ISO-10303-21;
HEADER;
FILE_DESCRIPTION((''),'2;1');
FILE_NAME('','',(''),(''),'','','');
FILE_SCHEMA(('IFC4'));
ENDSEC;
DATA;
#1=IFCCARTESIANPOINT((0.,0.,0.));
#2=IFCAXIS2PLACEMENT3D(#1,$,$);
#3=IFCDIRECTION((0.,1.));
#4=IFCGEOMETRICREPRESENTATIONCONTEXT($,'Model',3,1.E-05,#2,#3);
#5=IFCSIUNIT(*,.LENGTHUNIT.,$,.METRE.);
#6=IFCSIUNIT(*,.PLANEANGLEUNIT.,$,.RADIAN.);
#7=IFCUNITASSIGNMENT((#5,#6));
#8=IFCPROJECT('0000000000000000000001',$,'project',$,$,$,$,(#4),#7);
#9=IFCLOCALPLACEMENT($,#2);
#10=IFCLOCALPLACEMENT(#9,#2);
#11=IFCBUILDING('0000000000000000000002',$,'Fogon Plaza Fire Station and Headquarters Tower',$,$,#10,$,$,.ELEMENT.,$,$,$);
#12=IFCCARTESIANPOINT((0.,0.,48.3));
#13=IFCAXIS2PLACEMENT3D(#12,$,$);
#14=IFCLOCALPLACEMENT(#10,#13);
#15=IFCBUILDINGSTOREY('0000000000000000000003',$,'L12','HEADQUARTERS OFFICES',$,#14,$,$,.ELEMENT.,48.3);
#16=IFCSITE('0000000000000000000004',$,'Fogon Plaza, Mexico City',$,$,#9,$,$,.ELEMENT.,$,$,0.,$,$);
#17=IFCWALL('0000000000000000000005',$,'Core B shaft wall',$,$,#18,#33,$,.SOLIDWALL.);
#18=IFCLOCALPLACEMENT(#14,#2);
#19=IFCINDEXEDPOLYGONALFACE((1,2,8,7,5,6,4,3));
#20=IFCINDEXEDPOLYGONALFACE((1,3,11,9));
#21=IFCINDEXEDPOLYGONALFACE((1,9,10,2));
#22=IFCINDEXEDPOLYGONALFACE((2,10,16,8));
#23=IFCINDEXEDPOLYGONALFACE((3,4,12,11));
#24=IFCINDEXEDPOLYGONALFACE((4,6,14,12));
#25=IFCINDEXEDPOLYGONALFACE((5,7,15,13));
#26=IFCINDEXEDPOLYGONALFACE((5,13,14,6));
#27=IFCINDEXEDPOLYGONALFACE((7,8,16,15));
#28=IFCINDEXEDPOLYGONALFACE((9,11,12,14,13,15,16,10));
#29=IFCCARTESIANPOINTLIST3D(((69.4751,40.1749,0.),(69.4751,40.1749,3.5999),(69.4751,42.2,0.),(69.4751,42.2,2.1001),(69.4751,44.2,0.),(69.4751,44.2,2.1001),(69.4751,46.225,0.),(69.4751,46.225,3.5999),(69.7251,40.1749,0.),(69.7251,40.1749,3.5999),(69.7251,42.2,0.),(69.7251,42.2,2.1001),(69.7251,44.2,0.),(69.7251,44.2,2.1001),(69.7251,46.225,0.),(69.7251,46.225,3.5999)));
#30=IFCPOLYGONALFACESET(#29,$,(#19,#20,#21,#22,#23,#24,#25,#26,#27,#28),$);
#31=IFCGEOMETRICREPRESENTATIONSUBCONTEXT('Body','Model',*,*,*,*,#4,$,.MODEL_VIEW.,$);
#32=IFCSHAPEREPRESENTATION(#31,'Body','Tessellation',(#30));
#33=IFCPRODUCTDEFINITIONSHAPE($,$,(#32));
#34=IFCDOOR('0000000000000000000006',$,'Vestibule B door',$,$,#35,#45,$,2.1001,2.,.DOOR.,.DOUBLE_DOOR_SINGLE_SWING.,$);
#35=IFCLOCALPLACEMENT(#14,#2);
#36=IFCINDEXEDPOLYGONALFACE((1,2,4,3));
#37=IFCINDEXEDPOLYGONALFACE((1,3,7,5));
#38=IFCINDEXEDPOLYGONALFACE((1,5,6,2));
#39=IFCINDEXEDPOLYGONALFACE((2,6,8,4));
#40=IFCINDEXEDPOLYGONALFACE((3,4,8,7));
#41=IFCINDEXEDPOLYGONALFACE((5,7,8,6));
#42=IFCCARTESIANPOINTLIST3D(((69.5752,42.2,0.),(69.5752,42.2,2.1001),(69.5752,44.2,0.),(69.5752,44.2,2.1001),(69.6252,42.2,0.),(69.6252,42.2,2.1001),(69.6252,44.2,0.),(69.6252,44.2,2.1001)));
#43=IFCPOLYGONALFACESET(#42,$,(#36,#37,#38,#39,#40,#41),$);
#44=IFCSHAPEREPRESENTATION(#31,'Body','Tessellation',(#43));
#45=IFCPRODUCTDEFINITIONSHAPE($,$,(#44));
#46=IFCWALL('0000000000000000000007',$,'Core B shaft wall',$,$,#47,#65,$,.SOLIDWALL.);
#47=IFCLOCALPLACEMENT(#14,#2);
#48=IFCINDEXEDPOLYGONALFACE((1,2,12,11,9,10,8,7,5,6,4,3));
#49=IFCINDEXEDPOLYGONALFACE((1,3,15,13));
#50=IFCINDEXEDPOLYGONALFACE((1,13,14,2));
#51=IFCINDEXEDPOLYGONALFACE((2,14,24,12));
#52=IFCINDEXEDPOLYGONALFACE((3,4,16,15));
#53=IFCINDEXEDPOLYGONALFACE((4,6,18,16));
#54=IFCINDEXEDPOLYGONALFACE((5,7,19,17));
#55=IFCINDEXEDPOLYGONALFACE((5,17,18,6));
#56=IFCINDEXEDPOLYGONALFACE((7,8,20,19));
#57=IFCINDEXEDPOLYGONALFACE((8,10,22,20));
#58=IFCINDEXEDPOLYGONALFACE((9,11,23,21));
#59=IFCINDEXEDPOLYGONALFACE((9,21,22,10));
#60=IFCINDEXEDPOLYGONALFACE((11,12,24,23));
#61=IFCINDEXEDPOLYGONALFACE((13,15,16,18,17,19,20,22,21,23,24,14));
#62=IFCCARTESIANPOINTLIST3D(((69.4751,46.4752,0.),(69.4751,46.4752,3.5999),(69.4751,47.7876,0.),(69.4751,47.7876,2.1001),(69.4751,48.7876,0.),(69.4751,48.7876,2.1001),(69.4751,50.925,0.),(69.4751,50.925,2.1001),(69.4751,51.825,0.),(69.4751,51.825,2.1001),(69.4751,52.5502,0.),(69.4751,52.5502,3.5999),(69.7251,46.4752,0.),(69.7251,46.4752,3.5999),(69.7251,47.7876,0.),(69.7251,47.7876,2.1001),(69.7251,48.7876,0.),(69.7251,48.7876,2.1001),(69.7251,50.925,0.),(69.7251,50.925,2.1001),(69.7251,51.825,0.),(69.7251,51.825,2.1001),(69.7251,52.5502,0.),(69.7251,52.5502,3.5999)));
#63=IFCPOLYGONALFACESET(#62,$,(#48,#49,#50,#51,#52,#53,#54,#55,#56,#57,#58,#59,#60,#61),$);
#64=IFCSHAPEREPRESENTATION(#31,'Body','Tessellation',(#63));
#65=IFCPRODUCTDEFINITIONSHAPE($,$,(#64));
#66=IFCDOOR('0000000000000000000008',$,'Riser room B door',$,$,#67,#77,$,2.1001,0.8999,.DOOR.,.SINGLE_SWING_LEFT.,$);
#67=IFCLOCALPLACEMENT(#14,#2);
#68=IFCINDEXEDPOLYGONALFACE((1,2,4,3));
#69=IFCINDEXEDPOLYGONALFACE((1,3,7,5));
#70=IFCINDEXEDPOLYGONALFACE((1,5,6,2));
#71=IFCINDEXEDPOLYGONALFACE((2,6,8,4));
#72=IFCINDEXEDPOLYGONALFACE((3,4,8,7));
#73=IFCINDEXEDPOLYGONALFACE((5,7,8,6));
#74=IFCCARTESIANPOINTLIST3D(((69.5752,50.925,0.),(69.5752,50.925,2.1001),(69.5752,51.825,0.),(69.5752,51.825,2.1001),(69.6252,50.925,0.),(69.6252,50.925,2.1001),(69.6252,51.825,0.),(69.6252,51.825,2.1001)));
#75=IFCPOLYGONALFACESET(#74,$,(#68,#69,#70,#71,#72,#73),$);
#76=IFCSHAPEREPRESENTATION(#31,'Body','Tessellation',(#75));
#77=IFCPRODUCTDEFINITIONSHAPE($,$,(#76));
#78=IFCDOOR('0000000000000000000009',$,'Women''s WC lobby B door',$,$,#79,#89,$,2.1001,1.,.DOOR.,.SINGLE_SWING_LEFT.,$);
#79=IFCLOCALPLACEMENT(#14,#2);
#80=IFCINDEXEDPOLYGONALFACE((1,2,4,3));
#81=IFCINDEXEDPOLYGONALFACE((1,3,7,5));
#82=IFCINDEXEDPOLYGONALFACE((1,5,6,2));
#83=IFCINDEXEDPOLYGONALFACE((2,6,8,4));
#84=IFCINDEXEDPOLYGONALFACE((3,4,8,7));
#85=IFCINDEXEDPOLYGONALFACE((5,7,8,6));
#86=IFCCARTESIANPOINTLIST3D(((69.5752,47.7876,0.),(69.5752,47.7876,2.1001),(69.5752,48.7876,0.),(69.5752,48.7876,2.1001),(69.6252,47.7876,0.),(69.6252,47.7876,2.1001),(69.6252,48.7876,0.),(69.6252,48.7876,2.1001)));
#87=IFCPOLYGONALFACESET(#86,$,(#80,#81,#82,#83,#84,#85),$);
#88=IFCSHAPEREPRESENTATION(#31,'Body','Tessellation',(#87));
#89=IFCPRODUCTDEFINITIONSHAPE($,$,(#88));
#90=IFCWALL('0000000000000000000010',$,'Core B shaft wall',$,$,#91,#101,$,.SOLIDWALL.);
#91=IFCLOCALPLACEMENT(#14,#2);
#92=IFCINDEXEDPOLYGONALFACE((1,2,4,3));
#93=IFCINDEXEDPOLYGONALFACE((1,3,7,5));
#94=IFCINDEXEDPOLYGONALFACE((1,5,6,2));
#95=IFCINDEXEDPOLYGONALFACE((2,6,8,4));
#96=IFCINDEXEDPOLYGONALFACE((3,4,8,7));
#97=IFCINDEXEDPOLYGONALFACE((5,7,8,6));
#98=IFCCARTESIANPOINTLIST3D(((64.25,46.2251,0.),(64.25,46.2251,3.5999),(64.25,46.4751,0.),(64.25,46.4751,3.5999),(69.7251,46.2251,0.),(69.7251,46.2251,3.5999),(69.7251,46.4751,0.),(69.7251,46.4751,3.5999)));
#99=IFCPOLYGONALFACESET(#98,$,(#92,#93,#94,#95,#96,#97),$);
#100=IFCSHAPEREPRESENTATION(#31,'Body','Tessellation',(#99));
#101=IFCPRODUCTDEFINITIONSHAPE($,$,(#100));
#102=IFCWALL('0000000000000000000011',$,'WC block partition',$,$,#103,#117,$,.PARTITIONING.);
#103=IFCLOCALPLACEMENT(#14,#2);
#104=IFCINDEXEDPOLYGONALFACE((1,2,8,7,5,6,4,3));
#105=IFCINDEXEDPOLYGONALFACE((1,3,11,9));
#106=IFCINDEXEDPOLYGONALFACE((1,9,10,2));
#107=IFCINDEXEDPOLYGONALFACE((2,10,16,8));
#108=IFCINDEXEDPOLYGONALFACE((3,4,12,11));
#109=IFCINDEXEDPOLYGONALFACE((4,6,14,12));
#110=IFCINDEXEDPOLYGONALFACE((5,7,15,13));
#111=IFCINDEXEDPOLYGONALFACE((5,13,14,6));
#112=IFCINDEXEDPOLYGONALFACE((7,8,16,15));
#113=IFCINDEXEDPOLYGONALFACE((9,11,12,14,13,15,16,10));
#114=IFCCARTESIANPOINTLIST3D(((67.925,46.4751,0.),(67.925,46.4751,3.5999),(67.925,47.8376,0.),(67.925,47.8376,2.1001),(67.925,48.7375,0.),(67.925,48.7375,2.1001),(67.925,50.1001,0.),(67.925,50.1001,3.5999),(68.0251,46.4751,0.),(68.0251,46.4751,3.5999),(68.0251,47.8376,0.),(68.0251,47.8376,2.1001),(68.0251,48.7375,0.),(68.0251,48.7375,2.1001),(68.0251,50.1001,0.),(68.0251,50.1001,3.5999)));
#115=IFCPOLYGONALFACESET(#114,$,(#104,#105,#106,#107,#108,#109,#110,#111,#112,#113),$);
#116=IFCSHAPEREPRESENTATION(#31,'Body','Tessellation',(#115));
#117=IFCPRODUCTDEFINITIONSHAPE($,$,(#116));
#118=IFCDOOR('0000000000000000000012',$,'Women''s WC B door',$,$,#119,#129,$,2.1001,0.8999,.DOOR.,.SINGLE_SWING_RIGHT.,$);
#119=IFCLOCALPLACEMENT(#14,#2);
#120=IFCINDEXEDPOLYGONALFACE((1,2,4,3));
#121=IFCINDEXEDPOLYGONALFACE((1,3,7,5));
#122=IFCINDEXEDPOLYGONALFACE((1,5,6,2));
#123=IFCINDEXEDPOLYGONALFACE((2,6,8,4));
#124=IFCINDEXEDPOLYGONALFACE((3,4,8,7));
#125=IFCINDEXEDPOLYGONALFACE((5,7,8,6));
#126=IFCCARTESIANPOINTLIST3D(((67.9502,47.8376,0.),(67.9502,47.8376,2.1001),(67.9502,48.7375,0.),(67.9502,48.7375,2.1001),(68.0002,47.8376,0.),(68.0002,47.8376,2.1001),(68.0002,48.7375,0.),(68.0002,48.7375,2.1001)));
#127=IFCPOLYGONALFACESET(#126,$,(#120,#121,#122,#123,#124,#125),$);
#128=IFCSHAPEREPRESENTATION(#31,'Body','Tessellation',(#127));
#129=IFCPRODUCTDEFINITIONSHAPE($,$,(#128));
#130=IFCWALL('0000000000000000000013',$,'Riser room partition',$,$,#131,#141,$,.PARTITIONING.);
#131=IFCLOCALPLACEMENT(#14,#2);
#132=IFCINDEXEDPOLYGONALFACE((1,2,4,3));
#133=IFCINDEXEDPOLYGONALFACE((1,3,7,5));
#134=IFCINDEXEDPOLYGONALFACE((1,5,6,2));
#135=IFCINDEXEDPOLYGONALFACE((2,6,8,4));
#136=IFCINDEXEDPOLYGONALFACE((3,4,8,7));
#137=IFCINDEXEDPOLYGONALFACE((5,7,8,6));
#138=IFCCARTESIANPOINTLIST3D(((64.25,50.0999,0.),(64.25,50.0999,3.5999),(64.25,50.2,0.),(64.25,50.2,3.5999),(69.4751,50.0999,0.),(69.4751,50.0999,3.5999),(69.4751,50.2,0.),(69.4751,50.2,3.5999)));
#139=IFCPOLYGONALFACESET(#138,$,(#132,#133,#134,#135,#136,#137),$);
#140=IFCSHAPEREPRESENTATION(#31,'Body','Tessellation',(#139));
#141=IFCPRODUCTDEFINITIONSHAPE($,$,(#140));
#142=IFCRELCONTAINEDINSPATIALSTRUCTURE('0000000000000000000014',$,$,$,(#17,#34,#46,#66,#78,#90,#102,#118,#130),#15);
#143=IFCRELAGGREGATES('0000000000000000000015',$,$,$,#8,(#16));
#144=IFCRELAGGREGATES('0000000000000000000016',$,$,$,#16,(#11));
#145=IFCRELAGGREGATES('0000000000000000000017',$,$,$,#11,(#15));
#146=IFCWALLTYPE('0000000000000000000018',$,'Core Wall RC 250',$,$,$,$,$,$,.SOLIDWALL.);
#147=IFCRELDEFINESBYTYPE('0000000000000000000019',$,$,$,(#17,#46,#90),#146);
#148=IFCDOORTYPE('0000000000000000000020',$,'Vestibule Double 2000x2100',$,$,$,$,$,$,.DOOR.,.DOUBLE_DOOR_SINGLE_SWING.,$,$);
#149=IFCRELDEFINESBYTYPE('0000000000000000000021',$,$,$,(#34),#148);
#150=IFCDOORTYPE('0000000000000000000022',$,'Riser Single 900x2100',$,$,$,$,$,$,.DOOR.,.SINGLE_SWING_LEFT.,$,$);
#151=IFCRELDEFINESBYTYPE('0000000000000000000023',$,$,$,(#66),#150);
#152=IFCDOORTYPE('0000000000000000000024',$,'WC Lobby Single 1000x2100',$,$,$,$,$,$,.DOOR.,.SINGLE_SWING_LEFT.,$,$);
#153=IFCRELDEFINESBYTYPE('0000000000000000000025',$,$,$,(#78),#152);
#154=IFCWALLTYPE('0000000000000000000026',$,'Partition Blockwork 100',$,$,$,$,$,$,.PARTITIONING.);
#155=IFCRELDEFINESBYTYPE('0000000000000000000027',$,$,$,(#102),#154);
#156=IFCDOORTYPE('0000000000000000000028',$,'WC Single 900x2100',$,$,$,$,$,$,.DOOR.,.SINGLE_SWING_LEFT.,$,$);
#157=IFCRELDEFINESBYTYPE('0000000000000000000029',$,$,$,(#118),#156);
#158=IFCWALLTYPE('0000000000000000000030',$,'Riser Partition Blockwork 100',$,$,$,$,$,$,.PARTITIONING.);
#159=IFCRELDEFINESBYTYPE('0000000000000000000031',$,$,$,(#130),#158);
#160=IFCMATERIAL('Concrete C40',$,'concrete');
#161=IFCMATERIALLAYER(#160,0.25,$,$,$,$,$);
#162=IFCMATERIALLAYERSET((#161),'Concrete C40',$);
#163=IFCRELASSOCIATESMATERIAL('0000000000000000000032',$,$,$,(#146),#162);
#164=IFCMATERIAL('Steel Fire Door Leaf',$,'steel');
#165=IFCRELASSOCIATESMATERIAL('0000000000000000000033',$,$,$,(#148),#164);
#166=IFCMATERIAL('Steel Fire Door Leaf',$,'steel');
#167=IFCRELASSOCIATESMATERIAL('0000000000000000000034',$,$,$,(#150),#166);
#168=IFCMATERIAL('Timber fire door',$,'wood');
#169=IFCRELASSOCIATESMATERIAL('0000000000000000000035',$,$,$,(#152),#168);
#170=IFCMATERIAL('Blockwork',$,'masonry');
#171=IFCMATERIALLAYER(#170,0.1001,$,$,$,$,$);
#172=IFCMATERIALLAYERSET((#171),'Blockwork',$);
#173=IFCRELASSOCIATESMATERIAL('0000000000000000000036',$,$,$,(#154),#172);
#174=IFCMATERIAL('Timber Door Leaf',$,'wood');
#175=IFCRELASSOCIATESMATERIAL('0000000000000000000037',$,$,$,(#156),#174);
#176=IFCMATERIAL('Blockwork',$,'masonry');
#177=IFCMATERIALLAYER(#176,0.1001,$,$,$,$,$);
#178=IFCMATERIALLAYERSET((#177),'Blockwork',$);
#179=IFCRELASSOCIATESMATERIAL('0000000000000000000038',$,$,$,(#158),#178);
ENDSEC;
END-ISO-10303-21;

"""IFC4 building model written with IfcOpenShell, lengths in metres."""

from ifc_helpers import new_model, si_unit, direction, frame, frame_2d, origin, place, context, subcontext, project, spatial, rectangle, extrude, material, layer, layer_set, type_object, element, fill, save


model = new_model("IFC4")

# Units and contexts
model_context = context("Model", 3, precision=1e-05, world=origin(), true_north=direction((0.0, 1.0)))
body_context = subcontext(model_context, "Body", "Model", "MODEL_VIEW")
ifc_project = project(units=[si_unit("LENGTHUNIT", "METRE"), si_unit("PLANEANGLEUNIT", "RADIAN")], contexts=[model_context])

# Site, building, storey
site_placement = place(None, origin())
site = spatial("IfcSite", under=ifc_project, at=site_placement, Name="Fogon Plaza, Mexico City", CompositionType="ELEMENT", RefElevation=0.0)
building_placement = place(site_placement, origin())
building = spatial("IfcBuilding", under=site, at=building_placement, Name="Fogon Plaza Fire Station and Headquarters Tower", CompositionType="ELEMENT")
storey_placement = place(building_placement, frame((0.0, 0.0, 48.3)))
storey = spatial("IfcBuildingStorey", under=building, at=storey_placement, Name="L12", Description="HEADQUARTERS OFFICES", CompositionType="ELEMENT", Elevation=48.3)

# Shared definitions
ifc_material_1 = material(Name="Concrete C40", Category="concrete")
ifc_layer_1 = layer(ifc_material_1, 0.25)
ifc_layer_set_1 = layer_set([ifc_layer_1], Name="Concrete C40")
wall_type_1 = type_object("IfcWallType", Name="Core Wall RC 250", PredefinedType="SOLIDWALL", material=ifc_layer_set_1)

# Wall, opening, door
wall_1_placement = place(storey_placement, frame((69.6001, 40.175, 0.0), z_axis=(0.0, 0.0, 1.0), x_axis=(0.0, 1.0, 0.0)))
wall_1 = element("IfcWall", 1, at=wall_1_placement, inside=storey, type_object=wall_type_1, Name="Core B shaft wall", PredefinedType="SOLIDWALL", context=body_context, shape_type="SweptSolid", body=[
    extrude(rectangle(XDim=6.05, YDim=0.25, at=frame_2d((3.0249, 0.0))), origin(), (0.0, 0.0, 1.0), 3.5999),
])
opening_1_placement = place(wall_1_placement, frame((2.0249, 0.0, 0.0)))
opening_1 = element("IfcOpeningElement", 2, at=opening_1_placement, cuts=wall_1, PredefinedType="OPENING", context=body_context, shape_type="SweptSolid", body=[
    extrude(rectangle(XDim=2.0, YDim=2.1001, at=frame_2d((1.0, 1.05))), frame((0.0, 0.135, 0.0), z_axis=(0.0, -1.0, 0.0), x_axis=(1.0, 0.0, 0.0)), (0.0, 0.0, 1.0), 0.27),
])
ifc_material_2 = material(Name="Steel Fire Door Leaf", Category="steel")
door_type_1 = type_object("IfcDoorType", Name="Vestibule Double 2000x2100", OperationType="DOUBLE_DOOR_SINGLE_SWING", PredefinedType="DOOR", material=ifc_material_2)
door_1_placement = place(opening_1_placement, origin())
door_1 = element("IfcDoor", 3, at=door_1_placement, inside=storey, type_object=door_type_1, Name="Vestibule B door", OperationType="DOUBLE_DOOR_SINGLE_SWING", OverallHeight=2.1001, OverallWidth=2.0, PredefinedType="DOOR", context=body_context, shape_type="SweptSolid", body=[
    extrude(rectangle(XDim=2.0, YDim=2.1001, at=frame_2d((1.0, 1.05))), frame((0.0, 0.0249, 0.0), z_axis=(0.0, -1.0, 0.0), x_axis=(1.0, 0.0, 0.0)), (0.0, 0.0, 1.0), 0.05),
])
fill(opening_1, door_1)

# Wall, openings, doors
wall_2_placement = place(storey_placement, frame((69.6001, 46.4751, 0.0), z_axis=(0.0, 0.0, 1.0), x_axis=(0.0, 1.0, 0.0)))
wall_2 = element("IfcWall", 4, at=wall_2_placement, inside=storey, type_object=wall_type_1, Name="Core B shaft wall", PredefinedType="SOLIDWALL", context=body_context, shape_type="SweptSolid", body=[
    extrude(rectangle(XDim=6.075, YDim=0.25, at=frame_2d((3.0376, 0.0))), origin(), (0.0, 0.0, 1.0), 3.5999),
])
opening_2_placement = place(wall_2_placement, frame((1.3125, 0.0, 0.0)))
opening_2 = element("IfcOpeningElement", 5, at=opening_2_placement, cuts=wall_2, PredefinedType="OPENING", context=body_context, shape_type="SweptSolid", body=[
    extrude(rectangle(XDim=1.0, YDim=2.1001, at=frame_2d((0.5, 1.05))), frame((0.0, 0.135, 0.0), z_axis=(0.0, -1.0, 0.0), x_axis=(1.0, 0.0, 0.0)), (0.0, 0.0, 1.0), 0.27),
])
opening_3_placement = place(wall_2_placement, frame((4.45, 0.0, 0.0)))
opening_3 = element("IfcOpeningElement", 6, at=opening_3_placement, cuts=wall_2, PredefinedType="OPENING", context=body_context, shape_type="SweptSolid", body=[
    extrude(rectangle(XDim=0.8999, YDim=2.1001, at=frame_2d((0.45, 1.05))), frame((0.0, 0.135, 0.0), z_axis=(0.0, -1.0, 0.0), x_axis=(1.0, 0.0, 0.0)), (0.0, 0.0, 1.0), 0.27),
])
ifc_material_3 = material(Name="Steel Fire Door Leaf", Category="steel")
door_type_2 = type_object("IfcDoorType", Name="Riser Single 900x2100", OperationType="SINGLE_SWING_LEFT", PredefinedType="DOOR", material=ifc_material_3)
door_2_placement = place(opening_3_placement, origin())
door_2 = element("IfcDoor", 7, at=door_2_placement, inside=storey, type_object=door_type_2, Name="Riser room B door", OperationType="SINGLE_SWING_LEFT", OverallHeight=2.1001, OverallWidth=0.8999, PredefinedType="DOOR", context=body_context, shape_type="SweptSolid", body=[
    extrude(rectangle(XDim=0.8999, YDim=2.1001, at=frame_2d((0.45, 1.05))), frame((0.0, 0.0249, 0.0), z_axis=(0.0, -1.0, 0.0), x_axis=(1.0, 0.0, 0.0)), (0.0, 0.0, 1.0), 0.05),
])
fill(opening_3, door_2)
ifc_material_4 = material(Name="Timber fire door", Category="wood")
door_type_3 = type_object("IfcDoorType", Name="WC Lobby Single 1000x2100", OperationType="SINGLE_SWING_LEFT", PredefinedType="DOOR", material=ifc_material_4)
door_3_placement = place(opening_2_placement, origin())
door_3 = element("IfcDoor", 8, at=door_3_placement, inside=storey, type_object=door_type_3, Name="Women's WC lobby B door", OperationType="SINGLE_SWING_LEFT", OverallHeight=2.1001, OverallWidth=1.0, PredefinedType="DOOR", context=body_context, shape_type="SweptSolid", body=[
    extrude(rectangle(XDim=1.0, YDim=2.1001, at=frame_2d((0.5, 1.05))), frame((0.0, 0.0249, 0.0), z_axis=(0.0, -1.0, 0.0), x_axis=(1.0, 0.0, 0.0)), (0.0, 0.0, 1.0), 0.05),
])
fill(opening_2, door_3)

# Wall
wall_3_placement = place(storey_placement, frame((69.7251, 46.3501, 0.0), z_axis=(0.0, 0.0, 1.0), x_axis=(-1.0, 0.0, 0.0)))
element("IfcWall", 9, at=wall_3_placement, inside=storey, type_object=wall_type_1, Name="Core B shaft wall", PredefinedType="SOLIDWALL", context=body_context, shape_type="SweptSolid", body=[
    extrude(rectangle(XDim=5.4751, YDim=0.25, at=frame_2d((2.7375, 0.0))), origin(), (0.0, 0.0, 1.0), 3.5999),
])

# Wall, opening, door
ifc_material_5 = material(Name="Blockwork", Category="masonry")
ifc_layer_2 = layer(ifc_material_5, 0.1001)
ifc_layer_set_2 = layer_set([ifc_layer_2], Name="Blockwork")
wall_type_2 = type_object("IfcWallType", Name="Partition Blockwork 100", PredefinedType="PARTITIONING", material=ifc_layer_set_2)
wall_4_placement = place(storey_placement, frame((67.9751, 46.4751, 0.0), z_axis=(0.0, 0.0, 1.0), x_axis=(0.0, 1.0, 0.0)))
wall_4 = element("IfcWall", 10, at=wall_4_placement, inside=storey, type_object=wall_type_2, Name="WC block partition", PredefinedType="PARTITIONING", context=body_context, shape_type="SweptSolid", body=[
    extrude(rectangle(XDim=3.625, YDim=0.1001, at=frame_2d((1.8125, 0.0))), origin(), (0.0, 0.0, 1.0), 3.5999),
])
opening_4_placement = place(wall_4_placement, frame((1.3625, 0.0, 0.0)))
opening_4 = element("IfcOpeningElement", 11, at=opening_4_placement, cuts=wall_4, PredefinedType="OPENING", context=body_context, shape_type="SweptSolid", body=[
    extrude(rectangle(XDim=0.8999, YDim=2.1001, at=frame_2d((0.45, 1.05))), frame((0.0, 0.0601, 0.0), z_axis=(0.0, -1.0, 0.0), x_axis=(1.0, 0.0, 0.0)), (0.0, 0.0, 1.0), 0.1201),
])
ifc_material_6 = material(Name="Timber Door Leaf", Category="wood")
door_type_4 = type_object("IfcDoorType", Name="WC Single 900x2100", OperationType="SINGLE_SWING_LEFT", PredefinedType="DOOR", material=ifc_material_6)
door_4_placement = place(opening_4_placement, origin())
door_4 = element("IfcDoor", 12, at=door_4_placement, inside=storey, type_object=door_type_4, Name="Women's WC B door", OperationType="SINGLE_SWING_RIGHT", OverallHeight=2.1001, OverallWidth=0.8999, PredefinedType="DOOR", context=body_context, shape_type="SweptSolid", body=[
    extrude(rectangle(XDim=0.8999, YDim=2.1001, at=frame_2d((0.45, 1.05))), frame((0.0, 0.0249, 0.0), z_axis=(0.0, -1.0, 0.0), x_axis=(1.0, 0.0, 0.0)), (0.0, 0.0, 1.0), 0.05),
])
fill(opening_4, door_4)

# Wall
ifc_material_7 = material(Name="Blockwork", Category="masonry")
ifc_layer_3 = layer(ifc_material_7, 0.1001)
ifc_layer_set_3 = layer_set([ifc_layer_3], Name="Blockwork")
wall_type_3 = type_object("IfcWallType", Name="Riser Partition Blockwork 100", PredefinedType="PARTITIONING", material=ifc_layer_set_3)
wall_5_placement = place(storey_placement, frame((69.4751, 50.1499, 0.0), z_axis=(0.0, 0.0, 1.0), x_axis=(-1.0, 0.0, 0.0)))
element("IfcWall", 13, at=wall_5_placement, inside=storey, type_object=wall_type_3, Name="Riser room partition", PredefinedType="PARTITIONING", context=body_context, shape_type="SweptSolid", body=[
    extrude(rectangle(XDim=5.2251, YDim=0.1001, at=frame_2d((2.6125, 0.0))), origin(), (0.0, 0.0, 1.0), 3.5999),
])

save(model, "model.ifc")
